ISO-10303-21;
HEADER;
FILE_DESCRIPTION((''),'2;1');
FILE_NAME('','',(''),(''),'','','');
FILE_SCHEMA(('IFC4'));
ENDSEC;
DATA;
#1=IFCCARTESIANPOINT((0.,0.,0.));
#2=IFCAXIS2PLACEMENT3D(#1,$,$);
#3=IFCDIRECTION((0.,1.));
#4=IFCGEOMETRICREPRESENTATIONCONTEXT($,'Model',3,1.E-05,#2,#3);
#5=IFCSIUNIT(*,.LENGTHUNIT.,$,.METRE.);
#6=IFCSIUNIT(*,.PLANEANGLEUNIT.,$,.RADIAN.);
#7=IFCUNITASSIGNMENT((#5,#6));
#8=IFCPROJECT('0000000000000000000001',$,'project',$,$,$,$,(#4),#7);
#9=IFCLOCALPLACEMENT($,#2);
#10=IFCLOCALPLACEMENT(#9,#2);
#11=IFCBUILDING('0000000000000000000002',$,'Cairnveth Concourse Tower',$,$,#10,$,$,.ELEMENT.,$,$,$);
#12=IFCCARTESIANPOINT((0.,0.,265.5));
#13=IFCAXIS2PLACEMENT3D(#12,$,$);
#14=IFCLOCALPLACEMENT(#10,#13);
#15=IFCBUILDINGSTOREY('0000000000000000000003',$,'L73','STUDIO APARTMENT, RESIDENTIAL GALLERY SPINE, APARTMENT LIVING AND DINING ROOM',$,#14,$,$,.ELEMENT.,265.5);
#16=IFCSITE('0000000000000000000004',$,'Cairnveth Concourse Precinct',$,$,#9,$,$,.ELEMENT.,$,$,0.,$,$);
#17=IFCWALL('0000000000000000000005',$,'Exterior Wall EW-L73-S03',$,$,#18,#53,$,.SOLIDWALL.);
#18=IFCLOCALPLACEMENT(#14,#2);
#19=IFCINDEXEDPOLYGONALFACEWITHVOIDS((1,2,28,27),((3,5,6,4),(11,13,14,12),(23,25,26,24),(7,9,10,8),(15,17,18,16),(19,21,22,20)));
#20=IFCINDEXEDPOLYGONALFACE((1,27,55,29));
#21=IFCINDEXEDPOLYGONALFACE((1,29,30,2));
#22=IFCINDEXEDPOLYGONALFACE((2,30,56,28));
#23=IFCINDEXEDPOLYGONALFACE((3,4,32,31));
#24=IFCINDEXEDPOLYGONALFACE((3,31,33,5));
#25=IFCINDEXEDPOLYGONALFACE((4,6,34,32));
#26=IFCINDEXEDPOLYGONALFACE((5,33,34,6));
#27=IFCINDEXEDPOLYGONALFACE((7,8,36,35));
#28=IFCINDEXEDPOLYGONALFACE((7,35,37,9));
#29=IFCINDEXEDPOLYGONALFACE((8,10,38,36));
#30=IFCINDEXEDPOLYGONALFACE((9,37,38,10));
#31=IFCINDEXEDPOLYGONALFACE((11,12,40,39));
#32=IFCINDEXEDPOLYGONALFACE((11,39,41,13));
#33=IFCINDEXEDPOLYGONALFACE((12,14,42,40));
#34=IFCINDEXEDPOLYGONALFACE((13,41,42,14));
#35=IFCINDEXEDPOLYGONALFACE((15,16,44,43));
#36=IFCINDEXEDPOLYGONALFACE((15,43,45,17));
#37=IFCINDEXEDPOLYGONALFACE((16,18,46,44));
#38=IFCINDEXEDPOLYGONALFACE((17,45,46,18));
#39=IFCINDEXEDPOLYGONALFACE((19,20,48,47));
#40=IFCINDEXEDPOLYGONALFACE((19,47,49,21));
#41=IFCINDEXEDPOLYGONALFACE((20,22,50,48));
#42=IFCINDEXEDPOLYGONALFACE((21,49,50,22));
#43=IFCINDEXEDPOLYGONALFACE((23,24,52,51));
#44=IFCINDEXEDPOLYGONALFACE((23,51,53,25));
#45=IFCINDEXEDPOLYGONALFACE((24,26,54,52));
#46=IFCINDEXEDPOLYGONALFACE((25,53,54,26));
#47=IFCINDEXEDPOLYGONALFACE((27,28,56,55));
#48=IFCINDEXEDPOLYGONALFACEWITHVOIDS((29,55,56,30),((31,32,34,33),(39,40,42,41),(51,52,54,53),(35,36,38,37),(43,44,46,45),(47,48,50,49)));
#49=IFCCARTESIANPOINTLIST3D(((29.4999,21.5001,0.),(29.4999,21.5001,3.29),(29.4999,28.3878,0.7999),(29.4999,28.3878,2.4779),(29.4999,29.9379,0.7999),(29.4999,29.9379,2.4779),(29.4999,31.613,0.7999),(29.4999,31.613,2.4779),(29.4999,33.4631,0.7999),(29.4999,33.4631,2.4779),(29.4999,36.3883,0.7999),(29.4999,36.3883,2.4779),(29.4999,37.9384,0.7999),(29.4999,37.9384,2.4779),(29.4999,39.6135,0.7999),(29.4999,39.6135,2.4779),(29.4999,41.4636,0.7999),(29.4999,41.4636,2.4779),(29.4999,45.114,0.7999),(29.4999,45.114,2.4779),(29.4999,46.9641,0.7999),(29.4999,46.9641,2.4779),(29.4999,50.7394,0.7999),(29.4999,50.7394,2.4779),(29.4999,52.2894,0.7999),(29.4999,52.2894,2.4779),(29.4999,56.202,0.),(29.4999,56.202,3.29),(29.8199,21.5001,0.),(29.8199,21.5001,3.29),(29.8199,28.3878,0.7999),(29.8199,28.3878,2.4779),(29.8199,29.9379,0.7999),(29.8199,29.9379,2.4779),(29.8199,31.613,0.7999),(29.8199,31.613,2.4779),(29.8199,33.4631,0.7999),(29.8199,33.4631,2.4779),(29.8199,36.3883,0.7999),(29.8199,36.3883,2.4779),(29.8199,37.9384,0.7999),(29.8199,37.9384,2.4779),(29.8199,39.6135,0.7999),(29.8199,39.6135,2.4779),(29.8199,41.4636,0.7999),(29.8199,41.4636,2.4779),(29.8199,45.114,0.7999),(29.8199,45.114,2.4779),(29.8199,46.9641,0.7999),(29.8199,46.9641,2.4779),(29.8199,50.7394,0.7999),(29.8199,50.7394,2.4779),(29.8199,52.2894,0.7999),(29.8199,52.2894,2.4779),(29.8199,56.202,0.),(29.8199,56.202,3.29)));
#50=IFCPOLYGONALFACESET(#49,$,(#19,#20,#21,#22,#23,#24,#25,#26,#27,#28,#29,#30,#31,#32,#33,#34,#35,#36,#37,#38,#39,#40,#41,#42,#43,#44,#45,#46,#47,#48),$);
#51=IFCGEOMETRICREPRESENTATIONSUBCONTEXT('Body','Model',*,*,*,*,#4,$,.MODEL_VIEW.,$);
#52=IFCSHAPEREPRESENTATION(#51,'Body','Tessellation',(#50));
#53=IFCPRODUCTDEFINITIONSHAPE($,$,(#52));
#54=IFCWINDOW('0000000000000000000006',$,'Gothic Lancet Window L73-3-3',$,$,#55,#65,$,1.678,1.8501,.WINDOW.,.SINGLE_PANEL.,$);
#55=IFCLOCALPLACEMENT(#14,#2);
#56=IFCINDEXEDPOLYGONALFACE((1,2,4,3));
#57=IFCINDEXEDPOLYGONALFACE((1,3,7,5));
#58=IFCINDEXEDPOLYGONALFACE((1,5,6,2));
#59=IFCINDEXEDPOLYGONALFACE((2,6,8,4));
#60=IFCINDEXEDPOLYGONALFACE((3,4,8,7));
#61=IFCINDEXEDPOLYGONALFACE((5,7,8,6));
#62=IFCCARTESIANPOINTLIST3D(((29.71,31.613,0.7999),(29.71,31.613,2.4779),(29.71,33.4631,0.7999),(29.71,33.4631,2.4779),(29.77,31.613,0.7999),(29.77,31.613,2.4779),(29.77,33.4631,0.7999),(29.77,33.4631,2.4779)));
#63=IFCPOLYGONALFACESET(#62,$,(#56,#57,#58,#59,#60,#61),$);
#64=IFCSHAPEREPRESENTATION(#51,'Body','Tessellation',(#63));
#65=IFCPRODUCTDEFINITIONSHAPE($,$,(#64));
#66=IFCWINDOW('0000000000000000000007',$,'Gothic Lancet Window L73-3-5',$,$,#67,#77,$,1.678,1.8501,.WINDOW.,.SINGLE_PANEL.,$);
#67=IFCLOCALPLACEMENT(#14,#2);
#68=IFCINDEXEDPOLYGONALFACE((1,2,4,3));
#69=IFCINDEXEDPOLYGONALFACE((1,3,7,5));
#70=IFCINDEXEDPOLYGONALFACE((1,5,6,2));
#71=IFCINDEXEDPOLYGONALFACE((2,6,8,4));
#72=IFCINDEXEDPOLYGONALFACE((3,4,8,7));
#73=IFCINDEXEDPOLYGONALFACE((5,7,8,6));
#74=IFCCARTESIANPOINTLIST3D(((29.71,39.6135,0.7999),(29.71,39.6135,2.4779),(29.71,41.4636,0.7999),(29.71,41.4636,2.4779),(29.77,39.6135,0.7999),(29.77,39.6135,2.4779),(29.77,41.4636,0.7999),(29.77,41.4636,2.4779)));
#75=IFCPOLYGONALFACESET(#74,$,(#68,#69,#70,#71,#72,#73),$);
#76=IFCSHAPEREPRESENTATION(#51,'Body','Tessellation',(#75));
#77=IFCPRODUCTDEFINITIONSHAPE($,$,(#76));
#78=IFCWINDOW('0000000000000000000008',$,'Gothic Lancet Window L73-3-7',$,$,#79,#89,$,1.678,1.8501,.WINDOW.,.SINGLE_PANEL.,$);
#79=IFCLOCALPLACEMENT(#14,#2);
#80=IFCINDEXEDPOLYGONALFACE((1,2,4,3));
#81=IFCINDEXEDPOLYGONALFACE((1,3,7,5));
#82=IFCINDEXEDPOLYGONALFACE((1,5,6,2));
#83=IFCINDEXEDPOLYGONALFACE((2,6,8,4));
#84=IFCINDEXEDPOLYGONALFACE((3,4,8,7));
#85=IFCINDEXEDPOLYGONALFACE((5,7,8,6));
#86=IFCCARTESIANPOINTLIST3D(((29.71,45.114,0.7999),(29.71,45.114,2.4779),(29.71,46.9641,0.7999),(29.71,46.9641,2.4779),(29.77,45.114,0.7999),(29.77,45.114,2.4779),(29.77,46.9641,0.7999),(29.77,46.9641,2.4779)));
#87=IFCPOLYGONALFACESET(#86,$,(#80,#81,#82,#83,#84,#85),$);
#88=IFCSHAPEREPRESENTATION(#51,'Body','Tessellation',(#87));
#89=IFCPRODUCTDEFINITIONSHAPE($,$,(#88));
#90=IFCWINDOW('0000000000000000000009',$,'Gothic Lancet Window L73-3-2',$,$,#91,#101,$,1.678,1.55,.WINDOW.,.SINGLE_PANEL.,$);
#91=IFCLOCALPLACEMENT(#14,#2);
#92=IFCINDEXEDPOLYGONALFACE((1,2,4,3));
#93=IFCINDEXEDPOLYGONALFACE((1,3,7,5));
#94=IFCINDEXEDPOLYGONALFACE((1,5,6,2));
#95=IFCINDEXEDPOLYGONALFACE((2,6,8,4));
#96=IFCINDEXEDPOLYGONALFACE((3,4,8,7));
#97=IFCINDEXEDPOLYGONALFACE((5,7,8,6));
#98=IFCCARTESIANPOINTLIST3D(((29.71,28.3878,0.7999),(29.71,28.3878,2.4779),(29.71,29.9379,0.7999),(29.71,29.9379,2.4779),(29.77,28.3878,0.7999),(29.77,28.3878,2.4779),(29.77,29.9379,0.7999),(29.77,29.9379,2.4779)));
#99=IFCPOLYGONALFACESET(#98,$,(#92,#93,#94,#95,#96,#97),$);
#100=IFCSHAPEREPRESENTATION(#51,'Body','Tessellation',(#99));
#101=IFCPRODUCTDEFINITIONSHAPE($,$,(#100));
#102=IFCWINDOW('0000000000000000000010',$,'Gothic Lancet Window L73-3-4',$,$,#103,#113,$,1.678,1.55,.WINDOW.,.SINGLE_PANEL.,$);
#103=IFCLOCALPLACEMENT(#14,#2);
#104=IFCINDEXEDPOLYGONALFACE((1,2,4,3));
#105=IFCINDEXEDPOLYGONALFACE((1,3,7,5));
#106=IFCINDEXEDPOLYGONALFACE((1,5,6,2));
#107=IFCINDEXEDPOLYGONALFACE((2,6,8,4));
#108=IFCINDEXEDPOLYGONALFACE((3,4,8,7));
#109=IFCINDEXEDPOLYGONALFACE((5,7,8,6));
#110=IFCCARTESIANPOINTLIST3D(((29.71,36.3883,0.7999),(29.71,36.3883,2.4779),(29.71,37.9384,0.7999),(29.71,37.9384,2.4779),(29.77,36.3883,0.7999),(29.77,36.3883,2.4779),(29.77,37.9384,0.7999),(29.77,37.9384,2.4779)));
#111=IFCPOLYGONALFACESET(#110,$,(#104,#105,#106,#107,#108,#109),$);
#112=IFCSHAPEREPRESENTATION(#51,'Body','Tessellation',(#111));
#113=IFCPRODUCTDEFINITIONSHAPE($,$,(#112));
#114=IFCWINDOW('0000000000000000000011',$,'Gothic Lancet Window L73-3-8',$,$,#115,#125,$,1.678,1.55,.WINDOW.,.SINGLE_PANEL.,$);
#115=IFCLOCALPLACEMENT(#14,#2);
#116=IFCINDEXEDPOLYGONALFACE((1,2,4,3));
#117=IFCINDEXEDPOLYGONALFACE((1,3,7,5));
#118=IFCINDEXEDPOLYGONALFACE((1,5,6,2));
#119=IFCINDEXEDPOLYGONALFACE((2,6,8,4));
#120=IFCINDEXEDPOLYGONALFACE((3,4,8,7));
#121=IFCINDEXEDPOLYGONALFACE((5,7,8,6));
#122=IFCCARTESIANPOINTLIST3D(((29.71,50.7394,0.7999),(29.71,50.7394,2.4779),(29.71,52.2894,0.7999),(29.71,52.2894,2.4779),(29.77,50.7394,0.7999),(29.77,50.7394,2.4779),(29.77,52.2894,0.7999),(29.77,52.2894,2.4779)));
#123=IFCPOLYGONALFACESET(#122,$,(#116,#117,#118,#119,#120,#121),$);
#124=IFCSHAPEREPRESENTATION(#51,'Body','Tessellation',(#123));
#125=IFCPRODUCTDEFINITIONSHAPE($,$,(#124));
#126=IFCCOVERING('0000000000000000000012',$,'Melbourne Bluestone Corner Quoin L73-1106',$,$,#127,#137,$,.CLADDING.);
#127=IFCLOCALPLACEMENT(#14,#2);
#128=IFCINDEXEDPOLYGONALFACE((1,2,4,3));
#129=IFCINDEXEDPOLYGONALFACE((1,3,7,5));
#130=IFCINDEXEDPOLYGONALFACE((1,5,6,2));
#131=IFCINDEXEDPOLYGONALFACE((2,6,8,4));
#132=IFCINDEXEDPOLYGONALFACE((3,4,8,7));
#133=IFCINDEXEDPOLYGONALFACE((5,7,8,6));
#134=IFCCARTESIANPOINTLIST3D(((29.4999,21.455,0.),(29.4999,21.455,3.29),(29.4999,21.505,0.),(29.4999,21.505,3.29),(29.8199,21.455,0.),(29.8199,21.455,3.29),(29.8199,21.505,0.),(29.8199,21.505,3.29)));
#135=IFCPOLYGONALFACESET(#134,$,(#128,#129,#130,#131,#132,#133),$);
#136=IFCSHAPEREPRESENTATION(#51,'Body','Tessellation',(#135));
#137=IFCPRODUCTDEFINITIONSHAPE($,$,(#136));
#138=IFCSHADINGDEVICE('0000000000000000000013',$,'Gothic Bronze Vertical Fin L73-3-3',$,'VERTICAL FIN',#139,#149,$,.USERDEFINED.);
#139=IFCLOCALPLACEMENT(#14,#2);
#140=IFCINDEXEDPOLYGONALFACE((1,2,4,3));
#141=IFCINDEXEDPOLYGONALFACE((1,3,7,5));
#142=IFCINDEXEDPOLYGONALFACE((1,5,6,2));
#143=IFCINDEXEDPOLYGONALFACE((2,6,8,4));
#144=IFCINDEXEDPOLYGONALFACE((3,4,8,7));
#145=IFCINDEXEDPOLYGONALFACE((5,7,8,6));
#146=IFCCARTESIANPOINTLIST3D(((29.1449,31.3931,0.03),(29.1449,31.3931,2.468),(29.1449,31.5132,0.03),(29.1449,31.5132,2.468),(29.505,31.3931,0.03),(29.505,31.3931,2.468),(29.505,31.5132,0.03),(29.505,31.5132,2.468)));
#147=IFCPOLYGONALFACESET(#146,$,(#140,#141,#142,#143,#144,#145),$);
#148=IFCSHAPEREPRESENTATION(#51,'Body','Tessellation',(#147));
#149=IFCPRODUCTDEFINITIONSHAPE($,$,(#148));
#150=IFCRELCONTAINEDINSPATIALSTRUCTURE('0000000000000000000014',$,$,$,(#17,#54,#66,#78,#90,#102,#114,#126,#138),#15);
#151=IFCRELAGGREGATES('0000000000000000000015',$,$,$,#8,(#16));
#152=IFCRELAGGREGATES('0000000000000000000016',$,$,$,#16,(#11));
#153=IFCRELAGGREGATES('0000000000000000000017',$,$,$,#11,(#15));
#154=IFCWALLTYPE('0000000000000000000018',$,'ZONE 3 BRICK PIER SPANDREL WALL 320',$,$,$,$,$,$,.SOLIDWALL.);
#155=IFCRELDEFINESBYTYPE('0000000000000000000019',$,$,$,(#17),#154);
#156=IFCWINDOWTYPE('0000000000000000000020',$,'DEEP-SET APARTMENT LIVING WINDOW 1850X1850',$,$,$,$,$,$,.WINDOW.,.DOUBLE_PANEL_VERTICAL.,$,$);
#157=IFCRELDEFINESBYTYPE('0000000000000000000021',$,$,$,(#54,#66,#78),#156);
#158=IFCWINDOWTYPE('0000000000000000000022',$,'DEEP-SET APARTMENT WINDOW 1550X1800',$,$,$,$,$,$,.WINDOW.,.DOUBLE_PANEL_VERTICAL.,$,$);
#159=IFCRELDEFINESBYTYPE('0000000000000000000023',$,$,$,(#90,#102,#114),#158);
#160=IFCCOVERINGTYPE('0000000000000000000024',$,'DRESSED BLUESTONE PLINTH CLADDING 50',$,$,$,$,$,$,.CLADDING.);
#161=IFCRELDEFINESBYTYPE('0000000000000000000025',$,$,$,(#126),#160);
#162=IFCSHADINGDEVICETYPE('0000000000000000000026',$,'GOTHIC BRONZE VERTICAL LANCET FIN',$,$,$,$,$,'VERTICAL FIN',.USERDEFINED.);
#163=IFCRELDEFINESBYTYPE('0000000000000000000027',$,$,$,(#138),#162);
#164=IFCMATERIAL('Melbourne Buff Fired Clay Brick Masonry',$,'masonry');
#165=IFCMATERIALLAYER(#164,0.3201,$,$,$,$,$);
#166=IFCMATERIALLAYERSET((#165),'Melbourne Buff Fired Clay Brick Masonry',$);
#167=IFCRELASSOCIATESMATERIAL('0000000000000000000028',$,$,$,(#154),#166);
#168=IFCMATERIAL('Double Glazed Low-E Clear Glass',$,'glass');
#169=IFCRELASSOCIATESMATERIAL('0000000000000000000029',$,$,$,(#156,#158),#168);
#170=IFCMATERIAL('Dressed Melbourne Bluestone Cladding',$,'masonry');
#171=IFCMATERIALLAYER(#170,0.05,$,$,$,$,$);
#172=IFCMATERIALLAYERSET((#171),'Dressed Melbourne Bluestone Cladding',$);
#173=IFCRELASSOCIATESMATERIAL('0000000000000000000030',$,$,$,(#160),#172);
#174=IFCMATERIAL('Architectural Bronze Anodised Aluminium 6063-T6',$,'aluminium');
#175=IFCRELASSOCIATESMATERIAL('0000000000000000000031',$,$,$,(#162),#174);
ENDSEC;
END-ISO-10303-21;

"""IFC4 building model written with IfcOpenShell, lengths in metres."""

from ifc_helpers import new_model, si_unit, direction, frame, frame_2d, origin, origin_2d, place, context, subcontext, project, spatial, rectangle, extrude, material, layer, layer_set, type_object, element, fill, save


model = new_model("IFC4")

# Units and contexts
model_context = context("Model", 3, precision=1e-05, world=origin(), true_north=direction((0.0, 1.0)))
body_context = subcontext(model_context, "Body", "Model", "MODEL_VIEW")
ifc_project = project(units=[si_unit("LENGTHUNIT", "METRE"), si_unit("PLANEANGLEUNIT", "RADIAN")], contexts=[model_context])

# Site, building, storey
site_placement = place(None, origin())
site = spatial("IfcSite", under=ifc_project, at=site_placement, Name="Cairnveth Concourse Precinct", CompositionType="ELEMENT", RefElevation=0.0)
building_placement = place(site_placement, origin())
building = spatial("IfcBuilding", under=site, at=building_placement, Name="Cairnveth Concourse Tower", CompositionType="ELEMENT")
storey_placement = place(building_placement, frame((0.0, 0.0, 265.5)))
storey = spatial("IfcBuildingStorey", under=building, at=storey_placement, Name="L73", Description="STUDIO APARTMENT, RESIDENTIAL GALLERY SPINE, APARTMENT LIVING AND DINING ROOM", CompositionType="ELEMENT", Elevation=265.5)

# Wall, openings, windows
ifc_material_1 = material(Name="Melbourne Buff Fired Clay Brick Masonry", Category="masonry")
ifc_layer_1 = layer(ifc_material_1, 0.3201)
ifc_layer_set_1 = layer_set([ifc_layer_1], Name="Melbourne Buff Fired Clay Brick Masonry")
wall_type_1 = type_object("IfcWallType", Name="ZONE 3 BRICK PIER SPANDREL WALL 320", PredefinedType="SOLIDWALL", material=ifc_layer_set_1)
wall_1_placement = place(storey_placement, frame((29.6599, 21.5, 0.0), z_axis=(0.0, 0.0, 1.0), x_axis=(0.0, 1.0, 0.0)))
wall_1 = element("IfcWall", 1, at=wall_1_placement, inside=storey, type_object=wall_type_1, Name="Exterior Wall EW-L73-S03", PredefinedType="SOLIDWALL", context=body_context, shape_type="SweptSolid", body=[
    extrude(rectangle(XDim=34.7019, YDim=0.3201, at=frame_2d((17.3511, 0.0))), origin(), (0.0, 0.0, 1.0), 3.29),
])
opening_1_placement = place(wall_1_placement, frame((6.8879, 0.0, 0.8)))
opening_1 = element("IfcOpeningElement", 2, at=opening_1_placement, cuts=wall_1, PredefinedType="OPENING", context=body_context, shape_type="SweptSolid", body=[
    extrude(rectangle(XDim=1.55, YDim=1.678, at=frame_2d((0.7749, 0.8389))), frame((0.0, 0.1699, 0.0), z_axis=(0.0, -1.0, 0.0), x_axis=(1.0, 0.0, 0.0)), (0.0, 0.0, 1.0), 0.3401),
])
opening_2_placement = place(wall_1_placement, frame((10.113, 0.0, 0.8)))
opening_2 = element("IfcOpeningElement", 3, at=opening_2_placement, cuts=wall_1, PredefinedType="OPENING", context=body_context, shape_type="SweptSolid", body=[
    extrude(rectangle(XDim=1.8501, YDim=1.678, at=frame_2d((0.925, 0.8389))), frame((0.0, 0.1699, 0.0), z_axis=(0.0, -1.0, 0.0), x_axis=(1.0, 0.0, 0.0)), (0.0, 0.0, 1.0), 0.3401),
])
opening_3_placement = place(wall_1_placement, frame((14.8884, 0.0, 0.8)))
opening_3 = element("IfcOpeningElement", 4, at=opening_3_placement, cuts=wall_1, PredefinedType="OPENING", context=body_context, shape_type="SweptSolid", body=[
    extrude(rectangle(XDim=1.55, YDim=1.678, at=frame_2d((0.7749, 0.8389))), frame((0.0, 0.1699, 0.0), z_axis=(0.0, -1.0, 0.0), x_axis=(1.0, 0.0, 0.0)), (0.0, 0.0, 1.0), 0.3401),
])
opening_4_placement = place(wall_1_placement, frame((18.1135, 0.0, 0.8)))
opening_4 = element("IfcOpeningElement", 5, at=opening_4_placement, cuts=wall_1, PredefinedType="OPENING", context=body_context, shape_type="SweptSolid", body=[
    extrude(rectangle(XDim=1.8501, YDim=1.678, at=frame_2d((0.925, 0.8389))), frame((0.0, 0.1699, 0.0), z_axis=(0.0, -1.0, 0.0), x_axis=(1.0, 0.0, 0.0)), (0.0, 0.0, 1.0), 0.3401),
])
opening_5_placement = place(wall_1_placement, frame((23.614, 0.0, 0.8)))
opening_5 = element("IfcOpeningElement", 6, at=opening_5_placement, cuts=wall_1, PredefinedType="OPENING", context=body_context, shape_type="SweptSolid", body=[
    extrude(rectangle(XDim=1.8501, YDim=1.678, at=frame_2d((0.925, 0.8389))), frame((0.0, 0.1699, 0.0), z_axis=(0.0, -1.0, 0.0), x_axis=(1.0, 0.0, 0.0)), (0.0, 0.0, 1.0), 0.3401),
])
opening_6_placement = place(wall_1_placement, frame((29.2395, 0.0, 0.8)))
opening_6 = element("IfcOpeningElement", 7, at=opening_6_placement, cuts=wall_1, PredefinedType="OPENING", context=body_context, shape_type="SweptSolid", body=[
    extrude(rectangle(XDim=1.55, YDim=1.678, at=frame_2d((0.7749, 0.8389))), frame((0.0, 0.1699, 0.0), z_axis=(0.0, -1.0, 0.0), x_axis=(1.0, 0.0, 0.0)), (0.0, 0.0, 1.0), 0.3401),
])
ifc_material_2 = material(Name="Double Glazed Low-E Clear Glass", Category="glass")
window_type_1 = type_object("IfcWindowType", Name="DEEP-SET APARTMENT LIVING WINDOW 1850X1850", PartitioningType="DOUBLE_PANEL_VERTICAL", PredefinedType="WINDOW", material=ifc_material_2)
window_1_placement = place(opening_2_placement, origin())
window_1 = element("IfcWindow", 8, at=window_1_placement, inside=storey, type_object=window_type_1, Name="Gothic Lancet Window L73-3-3", OverallHeight=1.678, OverallWidth=1.8501, PartitioningType="SINGLE_PANEL", PredefinedType="WINDOW", context=body_context, shape_type="SweptSolid", body=[
    extrude(rectangle(XDim=1.8501, YDim=1.678, at=frame_2d((0.925, 0.8389))), frame((0.0, -0.05, 0.0), z_axis=(0.0, -1.0, 0.0), x_axis=(1.0, 0.0, 0.0)), (0.0, 0.0, 1.0), 0.0601),
])
fill(opening_2, window_1)
window_2_placement = place(opening_4_placement, origin())
window_2 = element("IfcWindow", 9, at=window_2_placement, inside=storey, type_object=window_type_1, Name="Gothic Lancet Window L73-3-5", OverallHeight=1.678, OverallWidth=1.8501, PartitioningType="SINGLE_PANEL", PredefinedType="WINDOW", context=body_context, shape_type="SweptSolid", body=[
    extrude(rectangle(XDim=1.8501, YDim=1.678, at=frame_2d((0.925, 0.8389))), frame((0.0, -0.05, 0.0), z_axis=(0.0, -1.0, 0.0), x_axis=(1.0, 0.0, 0.0)), (0.0, 0.0, 1.0), 0.0601),
])
fill(opening_4, window_2)
window_3_placement = place(opening_5_placement, origin())
window_3 = element("IfcWindow", 10, at=window_3_placement, inside=storey, type_object=window_type_1, Name="Gothic Lancet Window L73-3-7", OverallHeight=1.678, OverallWidth=1.8501, PartitioningType="SINGLE_PANEL", PredefinedType="WINDOW", context=body_context, shape_type="SweptSolid", body=[
    extrude(rectangle(XDim=1.8501, YDim=1.678, at=frame_2d((0.925, 0.8389))), frame((0.0, -0.05, 0.0), z_axis=(0.0, -1.0, 0.0), x_axis=(1.0, 0.0, 0.0)), (0.0, 0.0, 1.0), 0.0601),
])
fill(opening_5, window_3)
window_type_2 = type_object("IfcWindowType", Name="DEEP-SET APARTMENT WINDOW 1550X1800", PartitioningType="DOUBLE_PANEL_VERTICAL", PredefinedType="WINDOW", material=ifc_material_2)
window_4_placement = place(opening_1_placement, origin())
window_4 = element("IfcWindow", 11, at=window_4_placement, inside=storey, type_object=window_type_2, Name="Gothic Lancet Window L73-3-2", OverallHeight=1.678, OverallWidth=1.55, PartitioningType="SINGLE_PANEL", PredefinedType="WINDOW", context=body_context, shape_type="SweptSolid", body=[
    extrude(rectangle(XDim=1.55, YDim=1.678, at=frame_2d((0.7749, 0.8389))), frame((0.0, -0.05, 0.0), z_axis=(0.0, -1.0, 0.0), x_axis=(1.0, 0.0, 0.0)), (0.0, 0.0, 1.0), 0.0601),
])
fill(opening_1, window_4)
window_5_placement = place(opening_3_placement, origin())
window_5 = element("IfcWindow", 12, at=window_5_placement, inside=storey, type_object=window_type_2, Name="Gothic Lancet Window L73-3-4", OverallHeight=1.678, OverallWidth=1.55, PartitioningType="SINGLE_PANEL", PredefinedType="WINDOW", context=body_context, shape_type="SweptSolid", body=[
    extrude(rectangle(XDim=1.55, YDim=1.678, at=frame_2d((0.7749, 0.8389))), frame((0.0, -0.05, 0.0), z_axis=(0.0, -1.0, 0.0), x_axis=(1.0, 0.0, 0.0)), (0.0, 0.0, 1.0), 0.0601),
])
fill(opening_3, window_5)
window_6_placement = place(opening_6_placement, origin())
window_6 = element("IfcWindow", 13, at=window_6_placement, inside=storey, type_object=window_type_2, Name="Gothic Lancet Window L73-3-8", OverallHeight=1.678, OverallWidth=1.55, PartitioningType="SINGLE_PANEL", PredefinedType="WINDOW", context=body_context, shape_type="SweptSolid", body=[
    extrude(rectangle(XDim=1.55, YDim=1.678, at=frame_2d((0.7749, 0.8389))), frame((0.0, -0.05, 0.0), z_axis=(0.0, -1.0, 0.0), x_axis=(1.0, 0.0, 0.0)), (0.0, 0.0, 1.0), 0.0601),
])
fill(opening_6, window_6)

# Covering
ifc_material_3 = material(Name="Dressed Melbourne Bluestone Cladding", Category="masonry")
ifc_layer_2 = layer(ifc_material_3, 0.05)
ifc_layer_set_2 = layer_set([ifc_layer_2], Name="Dressed Melbourne Bluestone Cladding")
covering_type = type_object("IfcCoveringType", Name="DRESSED BLUESTONE PLINTH CLADDING 50", PredefinedType="CLADDING", material=ifc_layer_set_2)
covering_placement = place(storey_placement, frame((29.8201, 21.48, 0.0), z_axis=(0.0, 0.0, 1.0), x_axis=(-1.0, 0.0, 0.0)))
element("IfcCovering", 14, at=covering_placement, inside=storey, type_object=covering_type, Name="Melbourne Bluestone Corner Quoin L73-1106", PredefinedType="CLADDING", context=body_context, shape_type="SweptSolid", body=[
    extrude(rectangle(XDim=0.3201, YDim=0.05, at=frame_2d((0.1602, 0.0))), origin(), (0.0, 0.0, 1.0), 3.29),
])

# Shading device
ifc_material_4 = material(Name="Architectural Bronze Anodised Aluminium 6063-T6", Category="aluminium")
shading_device_type = type_object("IfcShadingDeviceType", Name="GOTHIC BRONZE VERTICAL LANCET FIN", ElementType="VERTICAL FIN", PredefinedType="USERDEFINED", material=ifc_material_4)
shading_device_placement = place(storey_placement, frame((29.325, 31.4531, 0.03), z_axis=(0.0, 0.0, 1.0), x_axis=(0.0, 1.0, 0.0)))
element("IfcShadingDevice", 15, at=shading_device_placement, inside=storey, type_object=shading_device_type, Name="Gothic Bronze Vertical Fin L73-3-3", ObjectType="VERTICAL FIN", PredefinedType="USERDEFINED", context=body_context, shape_type="SweptSolid", body=[
    extrude(rectangle(XDim=0.1201, YDim=0.3601, at=origin_2d()), origin(), (0.0, 0.0, 1.0), 2.438),
])

save(model, "model.ifc")
